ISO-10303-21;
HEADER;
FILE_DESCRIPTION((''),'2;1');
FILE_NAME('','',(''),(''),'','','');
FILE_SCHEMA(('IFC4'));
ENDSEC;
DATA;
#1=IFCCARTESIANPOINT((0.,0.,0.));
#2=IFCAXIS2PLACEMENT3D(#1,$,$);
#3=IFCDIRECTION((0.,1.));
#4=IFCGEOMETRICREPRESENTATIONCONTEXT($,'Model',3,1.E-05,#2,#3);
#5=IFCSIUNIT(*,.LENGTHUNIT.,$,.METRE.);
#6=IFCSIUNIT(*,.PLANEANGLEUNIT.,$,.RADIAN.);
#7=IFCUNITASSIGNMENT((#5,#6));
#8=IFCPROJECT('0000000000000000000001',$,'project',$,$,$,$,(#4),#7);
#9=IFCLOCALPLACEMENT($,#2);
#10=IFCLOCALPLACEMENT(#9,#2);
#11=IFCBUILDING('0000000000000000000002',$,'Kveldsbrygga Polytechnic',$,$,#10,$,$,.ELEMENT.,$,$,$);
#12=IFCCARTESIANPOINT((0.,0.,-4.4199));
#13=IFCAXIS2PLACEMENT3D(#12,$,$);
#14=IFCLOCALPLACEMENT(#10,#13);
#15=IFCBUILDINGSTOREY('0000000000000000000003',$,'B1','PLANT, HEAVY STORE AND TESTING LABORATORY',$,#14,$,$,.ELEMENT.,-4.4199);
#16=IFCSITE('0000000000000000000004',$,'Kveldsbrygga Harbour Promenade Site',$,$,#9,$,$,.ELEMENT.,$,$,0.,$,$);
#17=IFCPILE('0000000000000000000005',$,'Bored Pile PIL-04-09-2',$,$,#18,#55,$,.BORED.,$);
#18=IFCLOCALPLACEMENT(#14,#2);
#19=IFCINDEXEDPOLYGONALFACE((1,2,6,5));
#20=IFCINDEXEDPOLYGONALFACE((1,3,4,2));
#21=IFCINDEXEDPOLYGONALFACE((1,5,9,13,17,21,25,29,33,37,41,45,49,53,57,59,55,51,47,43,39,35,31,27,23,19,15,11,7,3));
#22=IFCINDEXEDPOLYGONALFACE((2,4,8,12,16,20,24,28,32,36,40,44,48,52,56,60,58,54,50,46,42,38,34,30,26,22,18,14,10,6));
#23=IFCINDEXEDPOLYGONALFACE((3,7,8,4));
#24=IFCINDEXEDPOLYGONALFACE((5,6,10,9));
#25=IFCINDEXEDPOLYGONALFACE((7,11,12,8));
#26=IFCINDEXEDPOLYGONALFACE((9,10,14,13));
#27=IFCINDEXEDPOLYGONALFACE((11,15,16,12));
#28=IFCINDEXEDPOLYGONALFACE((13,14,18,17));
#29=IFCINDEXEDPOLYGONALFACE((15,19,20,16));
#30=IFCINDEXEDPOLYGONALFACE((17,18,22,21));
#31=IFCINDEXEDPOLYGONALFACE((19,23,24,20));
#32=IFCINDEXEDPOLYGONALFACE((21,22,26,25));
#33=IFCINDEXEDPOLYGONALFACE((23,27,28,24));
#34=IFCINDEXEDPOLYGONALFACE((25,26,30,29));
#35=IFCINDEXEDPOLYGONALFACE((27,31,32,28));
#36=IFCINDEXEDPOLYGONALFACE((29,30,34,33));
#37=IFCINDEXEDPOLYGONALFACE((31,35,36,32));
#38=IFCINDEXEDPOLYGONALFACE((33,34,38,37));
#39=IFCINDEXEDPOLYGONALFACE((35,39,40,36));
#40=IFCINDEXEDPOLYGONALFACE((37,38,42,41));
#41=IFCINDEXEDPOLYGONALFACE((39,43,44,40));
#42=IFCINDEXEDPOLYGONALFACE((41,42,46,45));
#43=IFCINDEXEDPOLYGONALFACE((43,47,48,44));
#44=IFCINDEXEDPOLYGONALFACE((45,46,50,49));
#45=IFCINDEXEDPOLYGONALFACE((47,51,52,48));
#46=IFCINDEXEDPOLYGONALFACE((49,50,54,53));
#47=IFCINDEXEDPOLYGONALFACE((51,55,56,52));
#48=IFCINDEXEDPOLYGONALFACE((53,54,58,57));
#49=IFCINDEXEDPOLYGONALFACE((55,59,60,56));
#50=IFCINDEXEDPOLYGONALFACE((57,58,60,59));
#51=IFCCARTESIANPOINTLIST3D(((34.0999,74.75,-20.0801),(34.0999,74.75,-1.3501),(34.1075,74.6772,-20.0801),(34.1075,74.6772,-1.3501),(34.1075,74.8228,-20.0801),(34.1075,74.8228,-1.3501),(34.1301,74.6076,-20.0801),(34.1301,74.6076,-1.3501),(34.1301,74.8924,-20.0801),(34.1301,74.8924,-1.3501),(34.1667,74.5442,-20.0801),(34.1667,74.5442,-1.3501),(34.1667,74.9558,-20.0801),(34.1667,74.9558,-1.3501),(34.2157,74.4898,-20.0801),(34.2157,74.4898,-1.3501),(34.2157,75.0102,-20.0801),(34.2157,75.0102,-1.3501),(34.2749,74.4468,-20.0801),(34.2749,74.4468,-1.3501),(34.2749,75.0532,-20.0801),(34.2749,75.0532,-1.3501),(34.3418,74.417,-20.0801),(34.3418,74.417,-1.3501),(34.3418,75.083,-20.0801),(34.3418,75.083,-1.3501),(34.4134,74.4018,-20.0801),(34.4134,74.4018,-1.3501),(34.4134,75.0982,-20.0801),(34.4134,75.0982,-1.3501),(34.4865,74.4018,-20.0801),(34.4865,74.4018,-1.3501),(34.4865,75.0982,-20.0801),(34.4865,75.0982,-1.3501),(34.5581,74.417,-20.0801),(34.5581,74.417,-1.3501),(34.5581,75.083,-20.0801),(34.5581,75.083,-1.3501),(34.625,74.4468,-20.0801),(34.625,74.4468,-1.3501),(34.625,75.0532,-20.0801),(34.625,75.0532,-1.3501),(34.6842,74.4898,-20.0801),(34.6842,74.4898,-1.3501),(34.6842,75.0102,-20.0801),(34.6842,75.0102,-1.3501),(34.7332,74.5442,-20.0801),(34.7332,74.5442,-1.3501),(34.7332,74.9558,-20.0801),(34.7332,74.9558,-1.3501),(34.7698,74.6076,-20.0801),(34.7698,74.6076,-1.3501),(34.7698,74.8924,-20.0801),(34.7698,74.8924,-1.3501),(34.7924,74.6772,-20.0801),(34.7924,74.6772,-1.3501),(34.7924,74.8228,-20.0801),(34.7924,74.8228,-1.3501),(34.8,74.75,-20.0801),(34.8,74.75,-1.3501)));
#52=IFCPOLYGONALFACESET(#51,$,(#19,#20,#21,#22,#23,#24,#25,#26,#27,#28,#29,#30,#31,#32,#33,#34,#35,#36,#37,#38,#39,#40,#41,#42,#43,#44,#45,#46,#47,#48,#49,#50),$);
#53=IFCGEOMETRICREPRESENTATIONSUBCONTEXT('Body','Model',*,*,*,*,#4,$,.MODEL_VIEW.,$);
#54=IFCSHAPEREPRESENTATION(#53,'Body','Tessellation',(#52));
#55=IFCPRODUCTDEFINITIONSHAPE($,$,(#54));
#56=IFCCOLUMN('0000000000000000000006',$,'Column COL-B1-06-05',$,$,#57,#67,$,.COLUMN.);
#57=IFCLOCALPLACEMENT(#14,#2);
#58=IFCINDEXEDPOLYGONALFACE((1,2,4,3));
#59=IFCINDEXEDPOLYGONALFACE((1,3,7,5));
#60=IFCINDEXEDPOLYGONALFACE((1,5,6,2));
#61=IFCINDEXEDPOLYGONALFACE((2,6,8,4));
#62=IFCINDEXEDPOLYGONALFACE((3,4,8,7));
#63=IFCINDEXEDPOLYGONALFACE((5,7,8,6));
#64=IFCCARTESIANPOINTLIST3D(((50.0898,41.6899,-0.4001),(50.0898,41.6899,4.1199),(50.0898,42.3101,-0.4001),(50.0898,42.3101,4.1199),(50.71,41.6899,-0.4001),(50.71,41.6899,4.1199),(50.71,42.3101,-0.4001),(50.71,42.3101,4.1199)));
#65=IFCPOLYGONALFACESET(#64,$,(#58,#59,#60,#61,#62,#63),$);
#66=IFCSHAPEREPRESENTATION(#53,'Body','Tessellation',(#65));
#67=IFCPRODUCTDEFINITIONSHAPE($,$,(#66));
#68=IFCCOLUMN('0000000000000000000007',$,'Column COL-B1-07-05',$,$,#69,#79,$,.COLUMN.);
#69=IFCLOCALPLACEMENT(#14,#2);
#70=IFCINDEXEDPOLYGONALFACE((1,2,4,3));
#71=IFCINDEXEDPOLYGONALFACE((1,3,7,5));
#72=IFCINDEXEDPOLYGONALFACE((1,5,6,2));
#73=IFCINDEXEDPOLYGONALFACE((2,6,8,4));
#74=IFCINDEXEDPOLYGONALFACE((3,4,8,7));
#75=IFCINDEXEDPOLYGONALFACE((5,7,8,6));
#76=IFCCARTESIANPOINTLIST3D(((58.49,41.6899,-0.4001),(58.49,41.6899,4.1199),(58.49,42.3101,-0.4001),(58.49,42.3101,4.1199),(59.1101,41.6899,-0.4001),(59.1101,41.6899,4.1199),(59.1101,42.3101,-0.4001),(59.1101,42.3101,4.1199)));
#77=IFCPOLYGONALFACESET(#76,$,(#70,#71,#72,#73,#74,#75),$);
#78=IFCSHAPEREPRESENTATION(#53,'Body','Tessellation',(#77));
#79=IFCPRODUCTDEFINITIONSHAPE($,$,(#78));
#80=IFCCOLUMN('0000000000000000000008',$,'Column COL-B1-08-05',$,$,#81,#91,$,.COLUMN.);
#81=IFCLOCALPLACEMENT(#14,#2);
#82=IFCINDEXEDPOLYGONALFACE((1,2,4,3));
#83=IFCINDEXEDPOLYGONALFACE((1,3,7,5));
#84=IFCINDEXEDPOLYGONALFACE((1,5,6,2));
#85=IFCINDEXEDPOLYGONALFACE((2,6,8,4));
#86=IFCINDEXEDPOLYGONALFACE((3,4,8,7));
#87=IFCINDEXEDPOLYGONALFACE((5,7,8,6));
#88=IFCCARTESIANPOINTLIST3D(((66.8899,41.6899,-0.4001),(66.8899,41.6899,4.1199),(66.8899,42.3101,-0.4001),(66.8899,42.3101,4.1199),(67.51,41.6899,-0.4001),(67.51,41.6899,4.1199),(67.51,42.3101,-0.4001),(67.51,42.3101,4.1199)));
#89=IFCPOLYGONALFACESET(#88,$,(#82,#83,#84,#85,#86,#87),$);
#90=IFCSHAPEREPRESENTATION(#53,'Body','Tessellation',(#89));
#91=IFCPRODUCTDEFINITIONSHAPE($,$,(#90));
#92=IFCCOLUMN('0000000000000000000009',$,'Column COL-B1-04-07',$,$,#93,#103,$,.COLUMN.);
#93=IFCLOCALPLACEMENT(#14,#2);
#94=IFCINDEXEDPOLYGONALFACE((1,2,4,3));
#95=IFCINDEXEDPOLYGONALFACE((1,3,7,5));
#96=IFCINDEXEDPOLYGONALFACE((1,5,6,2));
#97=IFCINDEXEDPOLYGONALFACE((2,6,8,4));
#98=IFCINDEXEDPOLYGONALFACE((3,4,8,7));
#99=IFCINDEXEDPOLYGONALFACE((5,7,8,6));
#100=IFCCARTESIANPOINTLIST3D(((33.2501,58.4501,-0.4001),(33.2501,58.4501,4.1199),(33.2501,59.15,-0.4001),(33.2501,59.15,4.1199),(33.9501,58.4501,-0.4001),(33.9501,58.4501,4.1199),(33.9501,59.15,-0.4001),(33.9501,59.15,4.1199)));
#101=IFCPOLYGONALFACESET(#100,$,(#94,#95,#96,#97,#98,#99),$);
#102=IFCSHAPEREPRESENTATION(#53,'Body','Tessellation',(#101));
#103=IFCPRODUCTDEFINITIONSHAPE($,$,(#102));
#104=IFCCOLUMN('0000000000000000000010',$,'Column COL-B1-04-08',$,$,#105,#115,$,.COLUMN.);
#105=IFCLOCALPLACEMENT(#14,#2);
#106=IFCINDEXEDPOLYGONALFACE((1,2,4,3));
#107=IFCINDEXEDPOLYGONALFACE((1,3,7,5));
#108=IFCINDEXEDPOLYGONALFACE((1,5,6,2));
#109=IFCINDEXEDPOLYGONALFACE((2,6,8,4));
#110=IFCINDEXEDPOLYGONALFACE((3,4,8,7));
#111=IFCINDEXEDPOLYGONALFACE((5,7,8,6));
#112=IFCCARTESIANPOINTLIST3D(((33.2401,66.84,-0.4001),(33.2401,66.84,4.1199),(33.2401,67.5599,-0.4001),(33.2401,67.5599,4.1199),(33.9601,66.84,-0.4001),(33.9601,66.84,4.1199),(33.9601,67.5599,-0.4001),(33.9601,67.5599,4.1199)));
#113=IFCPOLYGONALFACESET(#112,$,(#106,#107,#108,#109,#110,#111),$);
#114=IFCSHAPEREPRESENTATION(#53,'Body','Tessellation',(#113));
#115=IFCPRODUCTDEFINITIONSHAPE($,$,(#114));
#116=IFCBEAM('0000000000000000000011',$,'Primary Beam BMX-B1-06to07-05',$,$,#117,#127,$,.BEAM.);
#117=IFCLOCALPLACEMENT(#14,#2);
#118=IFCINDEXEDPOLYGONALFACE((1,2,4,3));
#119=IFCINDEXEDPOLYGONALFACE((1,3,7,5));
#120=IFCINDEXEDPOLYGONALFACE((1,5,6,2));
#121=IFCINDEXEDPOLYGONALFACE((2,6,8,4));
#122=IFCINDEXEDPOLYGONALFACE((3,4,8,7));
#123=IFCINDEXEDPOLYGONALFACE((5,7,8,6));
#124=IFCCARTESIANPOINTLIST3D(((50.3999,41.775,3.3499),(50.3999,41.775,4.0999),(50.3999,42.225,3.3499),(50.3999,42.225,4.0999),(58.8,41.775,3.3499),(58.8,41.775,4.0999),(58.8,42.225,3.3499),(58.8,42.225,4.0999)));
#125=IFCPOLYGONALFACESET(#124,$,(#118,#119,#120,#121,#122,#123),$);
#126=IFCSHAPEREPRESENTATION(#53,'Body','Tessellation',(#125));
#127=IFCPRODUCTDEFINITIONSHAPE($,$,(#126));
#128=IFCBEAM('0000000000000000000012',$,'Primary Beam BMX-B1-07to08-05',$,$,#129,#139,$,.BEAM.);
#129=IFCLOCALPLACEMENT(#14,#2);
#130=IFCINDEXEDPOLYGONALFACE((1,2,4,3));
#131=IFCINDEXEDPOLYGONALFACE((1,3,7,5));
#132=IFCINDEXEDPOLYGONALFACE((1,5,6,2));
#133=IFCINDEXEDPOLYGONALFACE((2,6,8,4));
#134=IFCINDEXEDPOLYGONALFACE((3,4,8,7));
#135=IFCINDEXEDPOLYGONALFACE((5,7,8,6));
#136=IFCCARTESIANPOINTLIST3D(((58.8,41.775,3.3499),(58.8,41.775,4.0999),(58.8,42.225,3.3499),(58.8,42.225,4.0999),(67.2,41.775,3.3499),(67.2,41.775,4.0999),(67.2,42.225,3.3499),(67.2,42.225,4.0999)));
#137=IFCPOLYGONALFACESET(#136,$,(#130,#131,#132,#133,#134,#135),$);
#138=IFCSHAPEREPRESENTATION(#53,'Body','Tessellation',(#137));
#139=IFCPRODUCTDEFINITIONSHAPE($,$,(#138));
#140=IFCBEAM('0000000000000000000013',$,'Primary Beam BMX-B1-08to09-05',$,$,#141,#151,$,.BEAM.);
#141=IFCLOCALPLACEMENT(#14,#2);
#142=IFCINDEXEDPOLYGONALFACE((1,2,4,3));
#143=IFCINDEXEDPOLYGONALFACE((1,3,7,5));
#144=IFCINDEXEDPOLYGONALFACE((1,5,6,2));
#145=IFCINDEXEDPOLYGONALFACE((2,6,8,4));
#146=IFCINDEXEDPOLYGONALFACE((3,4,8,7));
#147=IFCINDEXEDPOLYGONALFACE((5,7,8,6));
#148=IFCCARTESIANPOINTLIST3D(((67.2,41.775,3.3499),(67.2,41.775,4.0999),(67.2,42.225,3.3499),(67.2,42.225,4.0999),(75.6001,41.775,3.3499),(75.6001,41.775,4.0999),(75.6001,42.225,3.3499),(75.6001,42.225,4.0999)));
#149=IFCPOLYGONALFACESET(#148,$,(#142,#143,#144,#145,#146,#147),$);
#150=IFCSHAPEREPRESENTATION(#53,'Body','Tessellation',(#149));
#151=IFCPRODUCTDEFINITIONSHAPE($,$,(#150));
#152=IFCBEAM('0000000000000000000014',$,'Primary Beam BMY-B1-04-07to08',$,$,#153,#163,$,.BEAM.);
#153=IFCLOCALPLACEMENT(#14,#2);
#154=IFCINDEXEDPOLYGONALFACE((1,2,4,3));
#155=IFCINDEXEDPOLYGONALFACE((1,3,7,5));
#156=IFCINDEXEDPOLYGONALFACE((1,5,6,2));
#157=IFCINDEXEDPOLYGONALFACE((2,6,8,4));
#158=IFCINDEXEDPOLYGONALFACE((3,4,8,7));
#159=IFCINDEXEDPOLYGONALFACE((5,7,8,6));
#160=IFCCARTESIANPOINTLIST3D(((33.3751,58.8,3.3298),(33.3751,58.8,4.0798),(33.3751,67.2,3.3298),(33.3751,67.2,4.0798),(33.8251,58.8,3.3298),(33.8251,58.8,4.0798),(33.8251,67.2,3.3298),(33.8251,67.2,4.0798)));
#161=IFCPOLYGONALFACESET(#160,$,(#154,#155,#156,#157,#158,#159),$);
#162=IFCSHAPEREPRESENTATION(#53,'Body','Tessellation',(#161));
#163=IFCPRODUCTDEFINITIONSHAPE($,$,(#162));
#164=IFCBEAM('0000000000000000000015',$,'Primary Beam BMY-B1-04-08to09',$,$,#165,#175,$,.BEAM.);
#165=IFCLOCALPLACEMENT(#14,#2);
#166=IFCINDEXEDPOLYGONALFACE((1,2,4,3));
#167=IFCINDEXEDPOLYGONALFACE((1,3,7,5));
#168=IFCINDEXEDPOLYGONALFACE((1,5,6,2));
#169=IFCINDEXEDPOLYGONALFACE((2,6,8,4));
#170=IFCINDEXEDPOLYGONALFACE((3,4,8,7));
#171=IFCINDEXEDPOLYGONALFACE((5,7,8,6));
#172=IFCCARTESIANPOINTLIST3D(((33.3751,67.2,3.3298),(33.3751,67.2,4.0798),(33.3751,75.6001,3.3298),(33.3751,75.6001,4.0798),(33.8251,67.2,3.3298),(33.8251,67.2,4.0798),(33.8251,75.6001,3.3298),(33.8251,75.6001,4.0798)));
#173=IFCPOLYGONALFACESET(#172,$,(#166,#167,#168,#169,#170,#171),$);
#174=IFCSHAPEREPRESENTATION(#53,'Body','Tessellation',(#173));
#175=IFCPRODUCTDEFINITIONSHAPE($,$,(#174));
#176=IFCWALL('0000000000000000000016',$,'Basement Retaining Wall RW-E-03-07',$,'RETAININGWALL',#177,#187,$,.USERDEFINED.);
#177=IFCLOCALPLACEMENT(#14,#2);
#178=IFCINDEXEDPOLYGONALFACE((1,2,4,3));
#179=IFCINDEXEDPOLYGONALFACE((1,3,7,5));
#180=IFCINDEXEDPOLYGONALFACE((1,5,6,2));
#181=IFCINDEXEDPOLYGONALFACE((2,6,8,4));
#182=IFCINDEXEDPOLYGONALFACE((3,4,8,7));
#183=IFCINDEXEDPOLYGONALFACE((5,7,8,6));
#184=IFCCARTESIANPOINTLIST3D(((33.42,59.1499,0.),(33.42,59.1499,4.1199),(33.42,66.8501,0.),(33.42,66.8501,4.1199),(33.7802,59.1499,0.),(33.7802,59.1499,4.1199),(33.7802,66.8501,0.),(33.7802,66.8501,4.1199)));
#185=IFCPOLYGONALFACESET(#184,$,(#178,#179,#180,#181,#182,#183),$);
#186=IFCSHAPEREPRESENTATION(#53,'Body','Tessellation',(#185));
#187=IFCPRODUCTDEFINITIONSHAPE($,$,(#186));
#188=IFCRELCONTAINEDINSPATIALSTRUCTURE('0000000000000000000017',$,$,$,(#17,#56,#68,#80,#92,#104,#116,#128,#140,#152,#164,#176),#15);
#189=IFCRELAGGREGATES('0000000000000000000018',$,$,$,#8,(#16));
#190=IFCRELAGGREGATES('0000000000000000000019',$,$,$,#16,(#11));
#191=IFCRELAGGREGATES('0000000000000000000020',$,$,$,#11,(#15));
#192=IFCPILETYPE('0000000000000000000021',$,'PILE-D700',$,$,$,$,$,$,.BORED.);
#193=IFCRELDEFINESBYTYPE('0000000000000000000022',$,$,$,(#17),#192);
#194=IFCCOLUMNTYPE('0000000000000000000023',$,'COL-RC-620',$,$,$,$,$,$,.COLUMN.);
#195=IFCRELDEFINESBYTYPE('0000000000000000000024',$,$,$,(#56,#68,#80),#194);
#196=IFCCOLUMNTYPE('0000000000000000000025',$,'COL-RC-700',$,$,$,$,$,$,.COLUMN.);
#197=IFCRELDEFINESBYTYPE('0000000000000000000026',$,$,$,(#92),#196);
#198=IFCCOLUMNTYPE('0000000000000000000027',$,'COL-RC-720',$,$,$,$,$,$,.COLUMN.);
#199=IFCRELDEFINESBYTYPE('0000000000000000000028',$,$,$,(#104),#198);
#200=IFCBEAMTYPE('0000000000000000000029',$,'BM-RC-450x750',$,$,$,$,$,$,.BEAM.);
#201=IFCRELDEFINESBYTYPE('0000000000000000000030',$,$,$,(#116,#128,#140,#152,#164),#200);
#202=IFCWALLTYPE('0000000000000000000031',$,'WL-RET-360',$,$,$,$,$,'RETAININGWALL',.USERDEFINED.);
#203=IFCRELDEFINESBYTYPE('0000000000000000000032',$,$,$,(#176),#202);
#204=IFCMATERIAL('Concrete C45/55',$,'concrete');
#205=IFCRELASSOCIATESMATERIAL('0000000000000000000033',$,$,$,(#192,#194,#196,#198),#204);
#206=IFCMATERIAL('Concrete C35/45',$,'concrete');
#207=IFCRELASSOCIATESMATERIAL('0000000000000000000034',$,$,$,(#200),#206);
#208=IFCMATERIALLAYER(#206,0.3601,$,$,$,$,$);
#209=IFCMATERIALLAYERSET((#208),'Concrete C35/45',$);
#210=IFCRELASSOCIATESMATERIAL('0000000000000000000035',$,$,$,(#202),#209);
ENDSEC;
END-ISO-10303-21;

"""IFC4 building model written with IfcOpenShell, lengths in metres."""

from ifc_helpers import new_model, si_unit, direction, frame, frame_2d, origin, origin_2d, place, context, subcontext, project, spatial, rectangle, circle, extrude, material, layer, layer_set, material_profile, profile_set, type_object, element, save


model = new_model("IFC4")

# Units and contexts
model_context = context("Model", 3, precision=1e-05, world=origin(), true_north=direction((0.0, 1.0)))
body_context = subcontext(model_context, "Body", "Model", "MODEL_VIEW")
ifc_project = project(units=[si_unit("LENGTHUNIT", "METRE"), si_unit("PLANEANGLEUNIT", "RADIAN")], contexts=[model_context])

# Site, building, storey
site_placement = place(None, origin())
site = spatial("IfcSite", under=ifc_project, at=site_placement, Name="Kveldsbrygga Harbour Promenade Site", CompositionType="ELEMENT", RefElevation=0.0)
building_placement = place(site_placement, origin())
building = spatial("IfcBuilding", under=site, at=building_placement, Name="Kveldsbrygga Polytechnic", CompositionType="ELEMENT")
storey_placement = place(building_placement, frame((0.0, 0.0, -4.4199)))
storey = spatial("IfcBuildingStorey", under=building, at=storey_placement, Name="B1", Description="PLANT, HEAVY STORE AND TESTING LABORATORY", CompositionType="ELEMENT", Elevation=-4.4199)

# Shared definitions
ifc_material_1 = material(Name="Concrete C45/55", Category="concrete")
ifc_material_2 = material(Name="Concrete C35/45", Category="concrete")

# Pile
ifc_material_profile_1 = material_profile(ifc_material_1, circle(Radius=0.3501, at=origin_2d()), Name="PILE D700")
ifc_profile_set_1 = profile_set([ifc_material_profile_1], Name="Concrete C45/55")
pile_type_1 = type_object("IfcPileType", Name="PILE-D700", PredefinedType="BORED", material=ifc_profile_set_1)
pile_1_placement = place(storey_placement, frame((34.45, 74.75, -1.3501), z_axis=(0.0, 0.0, -1.0), x_axis=(1.0, 0.0, 0.0)))
element("IfcPile", 1, at=pile_1_placement, inside=storey, type_object=pile_type_1, Name="Bored Pile PIL-04-09-2", PredefinedType="BORED", context=body_context, shape_type="SweptSolid", body=[
    extrude(circle(Radius=0.3501, at=origin_2d()), origin(), (0.0, 0.0, 1.0), 18.73),
])

# Columns
ifc_material_profile_2 = material_profile(ifc_material_1, rectangle(XDim=0.6201, YDim=0.6201, at=origin_2d()), Name="RC 620x620")
ifc_profile_set_2 = profile_set([ifc_material_profile_2], Name="Concrete C45/55")
column_type_1 = type_object("IfcColumnType", Name="COL-RC-620", PredefinedType="COLUMN", material=ifc_profile_set_2)
for number, where, z_axis, x_axis, name in (
    (2, (50.3999, 42.0, -0.4001), (0.0, 0.0, 1.0), (1.0, 0.0, 0.0), "Column COL-B1-06-05"),
    (3, (58.8, 42.0, -0.4001), (0.0, 0.0, 1.0), (1.0, 0.0, 0.0), "Column COL-B1-07-05"),
    (4, (67.2, 42.0, -0.4001), (0.0, 0.0, 1.0), (1.0, 0.0, 0.0), "Column COL-B1-08-05"),
):
    element("IfcColumn", number, at=place(storey_placement, frame(where, z_axis=z_axis, x_axis=x_axis)), inside=storey, type_object=column_type_1, Name=name, PredefinedType="COLUMN", context=body_context, shape_type="SweptSolid", body=[
        extrude(rectangle(XDim=0.6201, YDim=0.6201, at=origin_2d()), origin(), (0.0, 0.0, 1.0), 4.52),
    ])
ifc_material_profile_3 = material_profile(ifc_material_1, rectangle(XDim=0.7, YDim=0.7, at=origin_2d()), Name="RC 700x700")
ifc_profile_set_3 = profile_set([ifc_material_profile_3], Name="Concrete C45/55")
column_type_2 = type_object("IfcColumnType", Name="COL-RC-700", PredefinedType="COLUMN", material=ifc_profile_set_3)
column_1_placement = place(storey_placement, frame((33.6001, 58.8, -0.4001), z_axis=(0.0, 0.0, 1.0), x_axis=(1.0, 0.0, 0.0)))
element("IfcColumn", 5, at=column_1_placement, inside=storey, type_object=column_type_2, Name="Column COL-B1-04-07", PredefinedType="COLUMN", context=body_context, shape_type="SweptSolid", body=[
    extrude(rectangle(XDim=0.7, YDim=0.7, at=origin_2d()), origin(), (0.0, 0.0, 1.0), 4.52),
])
ifc_material_profile_4 = material_profile(ifc_material_1, rectangle(XDim=0.72, YDim=0.72, at=origin_2d()), Name="RC 720x720")
ifc_profile_set_4 = profile_set([ifc_material_profile_4], Name="Concrete C45/55")
column_type_3 = type_object("IfcColumnType", Name="COL-RC-720", PredefinedType="COLUMN", material=ifc_profile_set_4)
column_2_placement = place(storey_placement, frame((33.6001, 67.2, -0.4001), z_axis=(0.0, 0.0, 1.0), x_axis=(1.0, 0.0, 0.0)))
element("IfcColumn", 6, at=column_2_placement, inside=storey, type_object=column_type_3, Name="Column COL-B1-04-08", PredefinedType="COLUMN", context=body_context, shape_type="SweptSolid", body=[
    extrude(rectangle(XDim=0.72, YDim=0.72, at=origin_2d()), origin(), (0.0, 0.0, 1.0), 4.52),
])

# Beams
ifc_material_profile_5 = material_profile(ifc_material_2, rectangle(XDim=0.45, YDim=0.75, at=origin_2d()), Name="RC 450x750")
ifc_profile_set_5 = profile_set([ifc_material_profile_5], Name="Concrete C35/45")
beam_type = type_object("IfcBeamType", Name="BM-RC-450x750", PredefinedType="BEAM", material=ifc_profile_set_5)
beam_1_placement = place(storey_placement, frame((50.3999, 42.0, 3.7249), z_axis=(1.0, 0.0, 0.0), x_axis=(0.0, 1.0, 0.0)))
element("IfcBeam", 7, at=beam_1_placement, inside=storey, type_object=beam_type, Name="Primary Beam BMX-B1-06to07-05", PredefinedType="BEAM", context=body_context, shape_type="SweptSolid", body=[
    extrude(rectangle(XDim=0.45, YDim=0.75, at=origin_2d()), origin(), (0.0, 0.0, 1.0), 8.4001),
])
beam_2_placement = place(storey_placement, frame((58.8, 42.0, 3.7249), z_axis=(1.0, 0.0, 0.0), x_axis=(0.0, 1.0, 0.0)))
element("IfcBeam", 8, at=beam_2_placement, inside=storey, type_object=beam_type, Name="Primary Beam BMX-B1-07to08-05", PredefinedType="BEAM", context=body_context, shape_type="SweptSolid", body=[
    extrude(rectangle(XDim=0.45, YDim=0.75, at=origin_2d()), origin(), (0.0, 0.0, 1.0), 8.3999),
])
beam_3_placement = place(storey_placement, frame((67.2, 42.0, 3.7249), z_axis=(1.0, 0.0, 0.0), x_axis=(0.0, 1.0, 0.0)))
element("IfcBeam", 9, at=beam_3_placement, inside=storey, type_object=beam_type, Name="Primary Beam BMX-B1-08to09-05", PredefinedType="BEAM", context=body_context, shape_type="SweptSolid", body=[
    extrude(rectangle(XDim=0.45, YDim=0.75, at=origin_2d()), origin(), (0.0, 0.0, 1.0), 8.4001),
])
beam_4_placement = place(storey_placement, frame((33.6001, 58.8, 3.7048), z_axis=(0.0, 1.0, 0.0), x_axis=(-1.0, 0.0, 0.0)))
element("IfcBeam", 10, at=beam_4_placement, inside=storey, type_object=beam_type, Name="Primary Beam BMY-B1-04-07to08", PredefinedType="BEAM", context=body_context, shape_type="SweptSolid", body=[
    extrude(rectangle(XDim=0.45, YDim=0.75, at=origin_2d()), origin(), (0.0, 0.0, 1.0), 8.3999),
])
beam_5_placement = place(storey_placement, frame((33.6001, 67.2, 3.7048), z_axis=(0.0, 1.0, 0.0), x_axis=(-1.0, 0.0, 0.0)))
element("IfcBeam", 11, at=beam_5_placement, inside=storey, type_object=beam_type, Name="Primary Beam BMY-B1-04-08to09", PredefinedType="BEAM", context=body_context, shape_type="SweptSolid", body=[
    extrude(rectangle(XDim=0.45, YDim=0.75, at=origin_2d()), origin(), (0.0, 0.0, 1.0), 8.4001),
])

# Wall
ifc_layer_1 = layer(ifc_material_2, 0.3601)
ifc_layer_set_1 = layer_set([ifc_layer_1], Name="Concrete C35/45")
wall_type_1 = type_object("IfcWallType", Name="WL-RET-360", ElementType="RETAININGWALL", PredefinedType="USERDEFINED", material=ifc_layer_set_1)
wall_1_placement = place(storey_placement, frame((33.6001, 59.1499, 0.0), z_axis=(0.0, 0.0, 1.0), x_axis=(0.0, 1.0, 0.0)))
element("IfcWall", 12, at=wall_1_placement, inside=storey, type_object=wall_type_1, Name="Basement Retaining Wall RW-E-03-07", ObjectType="RETAININGWALL", PredefinedType="USERDEFINED", context=body_context, shape_type="SweptSolid", body=[
    extrude(rectangle(XDim=7.7002, YDim=0.3601, at=frame_2d((3.8501, 0.0))), origin(), (0.0, 0.0, 1.0), 4.1199),
])

save(model, "model.ifc")
